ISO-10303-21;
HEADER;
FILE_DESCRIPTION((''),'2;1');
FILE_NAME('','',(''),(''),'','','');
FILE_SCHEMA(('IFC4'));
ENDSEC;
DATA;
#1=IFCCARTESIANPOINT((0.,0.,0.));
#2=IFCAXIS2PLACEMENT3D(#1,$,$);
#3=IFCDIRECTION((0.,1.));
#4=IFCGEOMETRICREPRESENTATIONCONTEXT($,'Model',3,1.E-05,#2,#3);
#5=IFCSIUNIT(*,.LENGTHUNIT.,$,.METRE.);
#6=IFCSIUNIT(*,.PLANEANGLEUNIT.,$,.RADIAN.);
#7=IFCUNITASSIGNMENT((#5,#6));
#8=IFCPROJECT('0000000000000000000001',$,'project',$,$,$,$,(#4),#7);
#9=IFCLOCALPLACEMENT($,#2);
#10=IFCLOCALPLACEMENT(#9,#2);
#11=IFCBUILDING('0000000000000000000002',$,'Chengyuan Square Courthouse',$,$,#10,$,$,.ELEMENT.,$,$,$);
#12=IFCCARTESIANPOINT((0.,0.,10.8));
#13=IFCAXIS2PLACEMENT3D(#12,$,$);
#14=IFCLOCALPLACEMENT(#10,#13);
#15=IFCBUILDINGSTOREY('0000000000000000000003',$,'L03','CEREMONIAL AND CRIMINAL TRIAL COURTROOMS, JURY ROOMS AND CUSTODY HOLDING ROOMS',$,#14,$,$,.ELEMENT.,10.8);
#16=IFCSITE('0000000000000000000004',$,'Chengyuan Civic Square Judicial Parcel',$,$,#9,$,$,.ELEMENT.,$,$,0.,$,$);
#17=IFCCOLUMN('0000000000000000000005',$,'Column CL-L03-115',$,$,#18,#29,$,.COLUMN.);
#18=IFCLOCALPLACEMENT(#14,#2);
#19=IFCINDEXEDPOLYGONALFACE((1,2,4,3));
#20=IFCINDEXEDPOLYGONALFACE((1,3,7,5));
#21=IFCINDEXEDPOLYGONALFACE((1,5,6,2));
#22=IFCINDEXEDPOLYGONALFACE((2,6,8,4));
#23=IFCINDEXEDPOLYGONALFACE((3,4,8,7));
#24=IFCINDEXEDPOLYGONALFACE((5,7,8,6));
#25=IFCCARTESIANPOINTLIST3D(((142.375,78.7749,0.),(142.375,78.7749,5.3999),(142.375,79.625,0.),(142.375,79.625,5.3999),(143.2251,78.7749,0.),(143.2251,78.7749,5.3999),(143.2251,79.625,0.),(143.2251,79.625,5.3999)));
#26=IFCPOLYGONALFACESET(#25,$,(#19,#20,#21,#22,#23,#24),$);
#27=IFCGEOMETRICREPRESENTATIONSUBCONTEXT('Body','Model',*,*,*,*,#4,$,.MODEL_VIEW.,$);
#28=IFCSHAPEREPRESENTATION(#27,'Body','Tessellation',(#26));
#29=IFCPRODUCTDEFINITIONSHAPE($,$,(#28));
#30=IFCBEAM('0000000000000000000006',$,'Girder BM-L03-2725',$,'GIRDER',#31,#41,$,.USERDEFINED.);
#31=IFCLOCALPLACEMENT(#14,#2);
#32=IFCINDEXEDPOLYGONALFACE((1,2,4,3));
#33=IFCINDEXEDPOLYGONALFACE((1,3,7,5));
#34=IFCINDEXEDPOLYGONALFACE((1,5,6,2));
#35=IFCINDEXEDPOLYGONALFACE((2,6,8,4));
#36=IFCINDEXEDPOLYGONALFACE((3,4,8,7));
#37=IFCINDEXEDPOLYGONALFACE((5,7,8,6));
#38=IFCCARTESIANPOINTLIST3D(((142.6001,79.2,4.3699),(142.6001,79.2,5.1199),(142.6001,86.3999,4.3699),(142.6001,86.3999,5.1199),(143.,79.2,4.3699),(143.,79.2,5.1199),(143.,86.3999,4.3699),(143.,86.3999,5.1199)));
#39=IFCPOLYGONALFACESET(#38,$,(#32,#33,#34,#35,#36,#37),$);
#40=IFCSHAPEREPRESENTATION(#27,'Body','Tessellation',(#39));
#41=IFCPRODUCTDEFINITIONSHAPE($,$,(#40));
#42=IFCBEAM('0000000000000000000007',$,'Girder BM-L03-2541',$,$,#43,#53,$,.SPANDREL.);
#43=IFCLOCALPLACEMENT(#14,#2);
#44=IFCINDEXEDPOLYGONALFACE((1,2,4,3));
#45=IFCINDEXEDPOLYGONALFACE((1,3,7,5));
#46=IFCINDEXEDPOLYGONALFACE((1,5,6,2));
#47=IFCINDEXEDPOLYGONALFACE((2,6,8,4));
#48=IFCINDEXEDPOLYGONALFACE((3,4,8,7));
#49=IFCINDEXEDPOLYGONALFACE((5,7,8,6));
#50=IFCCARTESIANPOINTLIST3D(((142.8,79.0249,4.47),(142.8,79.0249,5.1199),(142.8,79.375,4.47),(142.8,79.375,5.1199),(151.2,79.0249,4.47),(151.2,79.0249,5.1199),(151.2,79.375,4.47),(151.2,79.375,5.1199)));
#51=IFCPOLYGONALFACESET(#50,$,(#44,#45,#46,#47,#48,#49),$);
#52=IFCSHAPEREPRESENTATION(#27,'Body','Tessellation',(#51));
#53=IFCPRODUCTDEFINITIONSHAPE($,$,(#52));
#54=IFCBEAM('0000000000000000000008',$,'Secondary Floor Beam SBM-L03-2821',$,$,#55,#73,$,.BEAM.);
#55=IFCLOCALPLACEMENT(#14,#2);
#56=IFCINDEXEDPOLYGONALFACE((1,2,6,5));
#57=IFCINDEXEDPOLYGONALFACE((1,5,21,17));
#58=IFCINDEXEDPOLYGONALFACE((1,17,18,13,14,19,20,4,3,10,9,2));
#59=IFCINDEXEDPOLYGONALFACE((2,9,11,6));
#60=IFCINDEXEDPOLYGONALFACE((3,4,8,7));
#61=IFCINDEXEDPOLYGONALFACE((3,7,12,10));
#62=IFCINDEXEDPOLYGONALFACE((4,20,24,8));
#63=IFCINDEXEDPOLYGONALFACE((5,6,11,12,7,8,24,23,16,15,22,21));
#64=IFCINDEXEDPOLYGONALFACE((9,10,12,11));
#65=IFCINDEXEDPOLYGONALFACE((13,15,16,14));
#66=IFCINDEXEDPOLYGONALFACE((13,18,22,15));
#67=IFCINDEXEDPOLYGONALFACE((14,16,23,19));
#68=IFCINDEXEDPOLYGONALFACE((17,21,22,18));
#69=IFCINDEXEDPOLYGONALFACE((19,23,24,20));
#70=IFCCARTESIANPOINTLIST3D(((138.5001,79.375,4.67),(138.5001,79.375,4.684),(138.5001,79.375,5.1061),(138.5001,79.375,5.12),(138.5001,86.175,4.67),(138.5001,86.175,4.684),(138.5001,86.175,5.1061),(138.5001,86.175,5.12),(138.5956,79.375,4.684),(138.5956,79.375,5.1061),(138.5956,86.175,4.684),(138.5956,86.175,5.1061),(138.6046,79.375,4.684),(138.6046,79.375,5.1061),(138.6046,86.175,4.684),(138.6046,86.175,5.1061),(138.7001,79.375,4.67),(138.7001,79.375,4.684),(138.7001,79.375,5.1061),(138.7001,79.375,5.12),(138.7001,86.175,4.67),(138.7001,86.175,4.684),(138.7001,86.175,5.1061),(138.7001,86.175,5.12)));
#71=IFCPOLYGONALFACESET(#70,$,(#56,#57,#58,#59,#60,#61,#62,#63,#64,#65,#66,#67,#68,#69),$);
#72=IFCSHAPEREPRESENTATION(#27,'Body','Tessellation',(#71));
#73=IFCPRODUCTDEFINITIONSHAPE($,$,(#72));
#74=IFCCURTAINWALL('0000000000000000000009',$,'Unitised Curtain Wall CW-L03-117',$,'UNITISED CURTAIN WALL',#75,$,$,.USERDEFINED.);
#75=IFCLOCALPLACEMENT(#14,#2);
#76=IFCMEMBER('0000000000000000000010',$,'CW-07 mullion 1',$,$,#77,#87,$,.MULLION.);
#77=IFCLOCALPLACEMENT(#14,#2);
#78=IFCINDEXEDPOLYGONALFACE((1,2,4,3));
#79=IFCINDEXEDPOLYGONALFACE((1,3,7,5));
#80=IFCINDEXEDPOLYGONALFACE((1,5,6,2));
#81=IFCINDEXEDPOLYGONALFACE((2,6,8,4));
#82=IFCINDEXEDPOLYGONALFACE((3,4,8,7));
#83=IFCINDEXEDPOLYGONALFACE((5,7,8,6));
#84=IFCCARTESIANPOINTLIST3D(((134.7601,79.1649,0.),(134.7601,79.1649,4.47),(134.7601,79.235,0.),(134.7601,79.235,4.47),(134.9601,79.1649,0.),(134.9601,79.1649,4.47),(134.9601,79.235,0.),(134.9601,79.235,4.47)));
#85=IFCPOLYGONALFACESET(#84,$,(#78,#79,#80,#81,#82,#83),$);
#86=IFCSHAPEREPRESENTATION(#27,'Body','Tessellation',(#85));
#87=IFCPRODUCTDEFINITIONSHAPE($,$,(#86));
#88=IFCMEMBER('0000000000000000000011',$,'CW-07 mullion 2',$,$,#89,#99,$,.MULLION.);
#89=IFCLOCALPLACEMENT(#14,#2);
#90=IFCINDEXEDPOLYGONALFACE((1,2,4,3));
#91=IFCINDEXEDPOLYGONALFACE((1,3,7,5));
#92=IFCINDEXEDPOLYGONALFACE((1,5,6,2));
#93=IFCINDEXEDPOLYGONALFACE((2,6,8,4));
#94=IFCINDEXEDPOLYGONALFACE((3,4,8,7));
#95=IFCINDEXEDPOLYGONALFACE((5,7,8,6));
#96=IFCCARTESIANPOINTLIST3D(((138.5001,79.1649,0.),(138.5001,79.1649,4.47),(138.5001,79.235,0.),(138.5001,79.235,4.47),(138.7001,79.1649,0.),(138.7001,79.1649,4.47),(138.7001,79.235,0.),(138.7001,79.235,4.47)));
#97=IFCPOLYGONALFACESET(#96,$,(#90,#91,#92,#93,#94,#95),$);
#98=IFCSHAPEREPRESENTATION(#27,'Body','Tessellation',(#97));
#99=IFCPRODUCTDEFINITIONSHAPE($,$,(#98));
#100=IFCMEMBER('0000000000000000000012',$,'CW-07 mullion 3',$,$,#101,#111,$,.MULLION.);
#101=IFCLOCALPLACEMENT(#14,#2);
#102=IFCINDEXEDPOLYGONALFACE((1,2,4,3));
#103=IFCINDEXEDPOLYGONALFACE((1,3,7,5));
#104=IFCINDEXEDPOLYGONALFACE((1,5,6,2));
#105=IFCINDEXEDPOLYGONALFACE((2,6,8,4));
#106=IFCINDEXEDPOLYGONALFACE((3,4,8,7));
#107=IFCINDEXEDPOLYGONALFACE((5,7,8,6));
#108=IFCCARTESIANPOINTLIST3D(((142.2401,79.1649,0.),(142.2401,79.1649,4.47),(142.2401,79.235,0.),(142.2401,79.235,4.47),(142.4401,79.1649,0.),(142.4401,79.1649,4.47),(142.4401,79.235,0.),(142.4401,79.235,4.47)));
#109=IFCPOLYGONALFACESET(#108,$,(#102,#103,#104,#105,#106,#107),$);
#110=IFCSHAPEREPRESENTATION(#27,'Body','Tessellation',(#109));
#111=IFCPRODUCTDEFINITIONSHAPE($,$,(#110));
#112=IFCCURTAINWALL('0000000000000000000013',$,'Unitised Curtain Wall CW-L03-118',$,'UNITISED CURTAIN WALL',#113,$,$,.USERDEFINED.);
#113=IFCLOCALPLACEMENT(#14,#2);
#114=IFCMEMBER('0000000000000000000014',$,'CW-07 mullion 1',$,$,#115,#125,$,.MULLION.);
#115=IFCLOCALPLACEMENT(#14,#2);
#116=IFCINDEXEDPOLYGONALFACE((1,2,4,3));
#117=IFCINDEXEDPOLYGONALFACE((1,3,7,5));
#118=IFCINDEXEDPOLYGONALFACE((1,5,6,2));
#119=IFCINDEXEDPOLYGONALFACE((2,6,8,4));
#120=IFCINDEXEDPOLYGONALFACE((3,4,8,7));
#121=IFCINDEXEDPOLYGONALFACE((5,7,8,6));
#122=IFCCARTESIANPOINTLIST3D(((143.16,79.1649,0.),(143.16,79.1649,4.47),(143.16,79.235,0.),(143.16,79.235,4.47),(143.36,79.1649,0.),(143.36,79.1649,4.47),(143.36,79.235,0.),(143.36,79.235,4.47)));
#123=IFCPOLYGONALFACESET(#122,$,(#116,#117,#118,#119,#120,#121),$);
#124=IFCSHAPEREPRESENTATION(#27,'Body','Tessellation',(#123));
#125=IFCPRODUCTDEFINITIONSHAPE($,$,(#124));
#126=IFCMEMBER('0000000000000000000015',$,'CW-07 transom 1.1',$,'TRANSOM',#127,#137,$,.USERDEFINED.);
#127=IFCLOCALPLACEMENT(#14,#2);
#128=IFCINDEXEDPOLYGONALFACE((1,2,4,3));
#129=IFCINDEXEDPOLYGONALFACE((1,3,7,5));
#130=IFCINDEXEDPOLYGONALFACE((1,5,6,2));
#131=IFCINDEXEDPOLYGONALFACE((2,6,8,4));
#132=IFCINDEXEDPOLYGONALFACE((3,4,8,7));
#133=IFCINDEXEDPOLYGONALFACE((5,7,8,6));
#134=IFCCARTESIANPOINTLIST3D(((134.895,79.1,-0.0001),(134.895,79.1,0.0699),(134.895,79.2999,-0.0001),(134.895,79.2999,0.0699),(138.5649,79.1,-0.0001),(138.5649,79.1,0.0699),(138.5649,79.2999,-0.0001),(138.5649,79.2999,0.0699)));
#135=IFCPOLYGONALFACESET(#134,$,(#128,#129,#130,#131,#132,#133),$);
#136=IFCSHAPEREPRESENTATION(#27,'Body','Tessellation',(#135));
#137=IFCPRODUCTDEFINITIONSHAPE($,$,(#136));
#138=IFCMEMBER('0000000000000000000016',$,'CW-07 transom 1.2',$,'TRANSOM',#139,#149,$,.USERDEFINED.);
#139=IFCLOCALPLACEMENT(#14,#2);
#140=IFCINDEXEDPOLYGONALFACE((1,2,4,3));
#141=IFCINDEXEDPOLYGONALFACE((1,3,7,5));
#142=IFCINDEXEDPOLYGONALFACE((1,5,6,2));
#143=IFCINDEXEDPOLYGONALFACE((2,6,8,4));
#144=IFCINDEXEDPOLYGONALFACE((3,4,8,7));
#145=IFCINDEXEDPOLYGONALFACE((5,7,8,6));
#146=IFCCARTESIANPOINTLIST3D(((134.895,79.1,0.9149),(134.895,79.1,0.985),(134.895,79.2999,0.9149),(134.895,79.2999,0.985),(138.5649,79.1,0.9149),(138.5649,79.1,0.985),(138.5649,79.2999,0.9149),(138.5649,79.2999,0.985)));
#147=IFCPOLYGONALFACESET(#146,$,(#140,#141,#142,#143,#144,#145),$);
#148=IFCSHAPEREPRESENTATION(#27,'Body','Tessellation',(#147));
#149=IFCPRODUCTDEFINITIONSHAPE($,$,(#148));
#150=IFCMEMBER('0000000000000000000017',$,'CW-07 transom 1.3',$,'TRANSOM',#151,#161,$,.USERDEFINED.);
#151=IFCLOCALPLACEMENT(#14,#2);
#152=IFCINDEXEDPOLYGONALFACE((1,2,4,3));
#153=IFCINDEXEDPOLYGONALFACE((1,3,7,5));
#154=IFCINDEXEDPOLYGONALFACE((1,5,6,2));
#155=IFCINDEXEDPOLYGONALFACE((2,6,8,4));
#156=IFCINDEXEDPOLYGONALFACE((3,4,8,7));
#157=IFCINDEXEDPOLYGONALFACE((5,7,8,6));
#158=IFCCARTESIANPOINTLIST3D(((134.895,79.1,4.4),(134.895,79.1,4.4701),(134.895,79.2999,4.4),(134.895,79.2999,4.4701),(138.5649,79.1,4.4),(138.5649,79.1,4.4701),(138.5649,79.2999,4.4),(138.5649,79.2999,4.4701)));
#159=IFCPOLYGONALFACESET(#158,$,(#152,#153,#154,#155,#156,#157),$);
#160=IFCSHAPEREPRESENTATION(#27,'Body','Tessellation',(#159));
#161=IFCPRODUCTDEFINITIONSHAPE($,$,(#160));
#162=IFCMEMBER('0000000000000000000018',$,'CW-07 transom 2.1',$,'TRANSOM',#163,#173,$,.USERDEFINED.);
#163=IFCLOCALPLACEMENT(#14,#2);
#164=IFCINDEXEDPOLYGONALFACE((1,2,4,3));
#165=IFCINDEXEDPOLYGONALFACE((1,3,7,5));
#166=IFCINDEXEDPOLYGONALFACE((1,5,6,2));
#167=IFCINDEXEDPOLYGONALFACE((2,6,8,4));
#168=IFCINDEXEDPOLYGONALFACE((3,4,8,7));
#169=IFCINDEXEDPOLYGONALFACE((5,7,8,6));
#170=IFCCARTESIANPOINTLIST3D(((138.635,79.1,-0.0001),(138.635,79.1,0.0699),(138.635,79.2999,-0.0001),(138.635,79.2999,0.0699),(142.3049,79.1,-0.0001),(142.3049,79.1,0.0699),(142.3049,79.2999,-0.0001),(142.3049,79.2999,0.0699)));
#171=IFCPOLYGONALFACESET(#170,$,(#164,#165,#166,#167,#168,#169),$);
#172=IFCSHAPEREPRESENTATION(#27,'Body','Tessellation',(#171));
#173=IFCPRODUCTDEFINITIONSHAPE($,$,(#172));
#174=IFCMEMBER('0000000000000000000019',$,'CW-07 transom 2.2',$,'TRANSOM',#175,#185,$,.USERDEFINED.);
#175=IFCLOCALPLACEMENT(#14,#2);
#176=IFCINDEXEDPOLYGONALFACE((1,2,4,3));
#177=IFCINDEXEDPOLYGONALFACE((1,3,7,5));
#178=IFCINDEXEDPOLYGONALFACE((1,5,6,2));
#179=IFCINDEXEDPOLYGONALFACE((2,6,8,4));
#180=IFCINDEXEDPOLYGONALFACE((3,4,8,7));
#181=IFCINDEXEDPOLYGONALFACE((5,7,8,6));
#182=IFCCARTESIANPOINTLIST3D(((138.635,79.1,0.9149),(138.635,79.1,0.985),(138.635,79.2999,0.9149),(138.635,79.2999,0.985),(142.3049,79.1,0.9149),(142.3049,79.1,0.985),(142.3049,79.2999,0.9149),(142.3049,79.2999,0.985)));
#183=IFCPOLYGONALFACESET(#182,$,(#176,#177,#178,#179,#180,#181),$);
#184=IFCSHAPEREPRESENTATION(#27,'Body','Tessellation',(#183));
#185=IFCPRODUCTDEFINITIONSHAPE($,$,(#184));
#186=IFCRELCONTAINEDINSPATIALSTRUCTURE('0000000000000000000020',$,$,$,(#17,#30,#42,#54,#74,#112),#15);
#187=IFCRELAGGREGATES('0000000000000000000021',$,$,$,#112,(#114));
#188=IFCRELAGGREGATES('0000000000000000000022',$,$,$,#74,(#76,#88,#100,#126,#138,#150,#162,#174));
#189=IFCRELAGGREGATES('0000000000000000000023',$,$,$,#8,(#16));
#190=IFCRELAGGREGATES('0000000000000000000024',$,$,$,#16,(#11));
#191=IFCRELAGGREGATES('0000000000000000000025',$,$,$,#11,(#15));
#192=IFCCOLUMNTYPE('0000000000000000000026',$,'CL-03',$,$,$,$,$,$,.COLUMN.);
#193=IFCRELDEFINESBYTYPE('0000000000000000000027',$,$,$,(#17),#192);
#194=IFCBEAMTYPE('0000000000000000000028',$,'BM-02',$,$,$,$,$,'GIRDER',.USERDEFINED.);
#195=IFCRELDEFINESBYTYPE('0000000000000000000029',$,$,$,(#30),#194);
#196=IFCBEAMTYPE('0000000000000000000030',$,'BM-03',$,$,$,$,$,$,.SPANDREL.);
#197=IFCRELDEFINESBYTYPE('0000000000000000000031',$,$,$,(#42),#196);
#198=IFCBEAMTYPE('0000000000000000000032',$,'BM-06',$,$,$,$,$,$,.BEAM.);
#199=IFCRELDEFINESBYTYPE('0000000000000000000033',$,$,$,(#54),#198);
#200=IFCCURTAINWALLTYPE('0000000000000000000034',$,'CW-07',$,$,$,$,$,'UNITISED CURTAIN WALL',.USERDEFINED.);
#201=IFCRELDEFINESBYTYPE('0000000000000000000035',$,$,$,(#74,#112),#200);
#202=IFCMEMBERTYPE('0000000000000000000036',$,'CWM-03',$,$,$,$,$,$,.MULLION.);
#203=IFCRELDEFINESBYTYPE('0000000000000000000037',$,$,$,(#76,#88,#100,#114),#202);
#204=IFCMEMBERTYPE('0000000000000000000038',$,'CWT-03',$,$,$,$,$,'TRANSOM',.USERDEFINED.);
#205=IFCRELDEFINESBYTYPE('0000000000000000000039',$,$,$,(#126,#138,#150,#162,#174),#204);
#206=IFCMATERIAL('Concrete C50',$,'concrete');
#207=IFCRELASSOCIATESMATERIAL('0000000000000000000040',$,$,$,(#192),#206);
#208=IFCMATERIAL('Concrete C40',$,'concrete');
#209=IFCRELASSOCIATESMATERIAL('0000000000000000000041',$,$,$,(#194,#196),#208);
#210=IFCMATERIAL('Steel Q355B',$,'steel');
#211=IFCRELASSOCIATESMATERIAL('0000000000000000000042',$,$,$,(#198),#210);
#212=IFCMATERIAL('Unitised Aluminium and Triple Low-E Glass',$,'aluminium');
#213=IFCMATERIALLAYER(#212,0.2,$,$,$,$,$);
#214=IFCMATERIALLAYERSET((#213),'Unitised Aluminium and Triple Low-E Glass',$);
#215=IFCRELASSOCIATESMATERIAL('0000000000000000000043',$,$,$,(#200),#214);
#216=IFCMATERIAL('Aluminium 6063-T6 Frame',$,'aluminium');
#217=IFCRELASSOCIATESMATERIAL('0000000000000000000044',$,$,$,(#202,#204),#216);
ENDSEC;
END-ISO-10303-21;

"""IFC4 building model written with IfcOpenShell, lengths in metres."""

from ifc_helpers import new_model, si_unit, direction, frame, origin, origin_2d, place, context, subcontext, project, spatial, rectangle, i_section, extrude, material, layer, layer_set, material_profile, profile_set, type_object, element, aggregate, save


model = new_model("IFC4")

# Units and contexts
model_context = context("Model", 3, precision=1e-05, world=origin(), true_north=direction((0.0, 1.0)))
body_context = subcontext(model_context, "Body", "Model", "MODEL_VIEW")
ifc_project = project(units=[si_unit("LENGTHUNIT", "METRE"), si_unit("PLANEANGLEUNIT", "RADIAN")], contexts=[model_context])

# Site, building, storey
site_placement = place(None, origin())
site = spatial("IfcSite", under=ifc_project, at=site_placement, Name="Chengyuan Civic Square Judicial Parcel", CompositionType="ELEMENT", RefElevation=0.0)
building_placement = place(site_placement, origin())
building = spatial("IfcBuilding", under=site, at=building_placement, Name="Chengyuan Square Courthouse", CompositionType="ELEMENT")
storey_placement = place(building_placement, frame((0.0, 0.0, 10.8)))
storey = spatial("IfcBuildingStorey", under=building, at=storey_placement, Name="L03", Description="CEREMONIAL AND CRIMINAL TRIAL COURTROOMS, JURY ROOMS AND CUSTODY HOLDING ROOMS", CompositionType="ELEMENT", Elevation=10.8)

# Column
ifc_material_1 = material(Name="Concrete C50", Category="concrete")
ifc_material_profile_1 = material_profile(ifc_material_1, rectangle(XDim=0.8501, YDim=0.8501, at=origin_2d()), Name="RC-COL-850x850")
ifc_profile_set_1 = profile_set([ifc_material_profile_1], Name="Concrete C50")
column_type = type_object("IfcColumnType", Name="CL-03", PredefinedType="COLUMN", material=ifc_profile_set_1)
column_placement = place(storey_placement, frame((142.8, 79.2, 0.0), z_axis=(0.0, 0.0, 1.0), x_axis=(1.0, 0.0, 0.0)))
element("IfcColumn", 1, at=column_placement, inside=storey, type_object=column_type, Name="Column CL-L03-115", PredefinedType="COLUMN", context=body_context, shape_type="SweptSolid", body=[
    extrude(rectangle(XDim=0.8501, YDim=0.8501, at=origin_2d()), origin(), (0.0, 0.0, 1.0), 5.3999),
])

# Beams
ifc_material_2 = material(Name="Concrete C40", Category="concrete")
ifc_material_profile_2 = material_profile(ifc_material_2, rectangle(XDim=0.3999, YDim=0.75, at=origin_2d()), Name="RC-BM-400x750")
ifc_profile_set_2 = profile_set([ifc_material_profile_2], Name="Concrete C40")
beam_type_1 = type_object("IfcBeamType", Name="BM-02", ElementType="GIRDER", PredefinedType="USERDEFINED", material=ifc_profile_set_2)
beam_1_placement = place(storey_placement, frame((142.8, 79.2, 4.7449), z_axis=(0.0, 1.0, 0.0), x_axis=(-1.0, 0.0, 0.0)))
element("IfcBeam", 2, at=beam_1_placement, inside=storey, type_object=beam_type_1, Name="Girder BM-L03-2725", ObjectType="GIRDER", PredefinedType="USERDEFINED", context=body_context, shape_type="SweptSolid", body=[
    extrude(rectangle(XDim=0.3999, YDim=0.75, at=origin_2d()), origin(), (0.0, 0.0, 1.0), 7.2),
])
ifc_material_profile_3 = material_profile(ifc_material_2, rectangle(XDim=0.3501, YDim=0.6499, at=origin_2d()), Name="RC-BM-350x650")
ifc_profile_set_3 = profile_set([ifc_material_profile_3], Name="Concrete C40")
beam_type_2 = type_object("IfcBeamType", Name="BM-03", PredefinedType="SPANDREL", material=ifc_profile_set_3)
beam_2_placement = place(storey_placement, frame((142.8, 79.2, 4.7949), z_axis=(1.0, 0.0, 0.0), x_axis=(0.0, 1.0, 0.0)))
element("IfcBeam", 3, at=beam_2_placement, inside=storey, type_object=beam_type_2, Name="Girder BM-L03-2541", PredefinedType="SPANDREL", context=body_context, shape_type="SweptSolid", body=[
    extrude(rectangle(XDim=0.3501, YDim=0.6499, at=origin_2d()), origin(), (0.0, 0.0, 1.0), 8.3999),
])
ifc_material_3 = material(Name="Steel Q355B", Category="steel")
ifc_material_profile_4 = material_profile(ifc_material_3, i_section(OverallWidth=0.2, OverallDepth=0.45, WebThickness=0.009, FlangeThickness=0.0139, at=origin_2d()), Name="HN 450x200x9x14")
ifc_profile_set_4 = profile_set([ifc_material_profile_4], Name="Steel Q355B")
beam_type_3 = type_object("IfcBeamType", Name="BM-06", PredefinedType="BEAM", material=ifc_profile_set_4)
beam_3_placement = place(storey_placement, frame((138.6001, 79.375, 4.895), z_axis=(0.0, 1.0, 0.0), x_axis=(-1.0, 0.0, 0.0)))
element("IfcBeam", 4, at=beam_3_placement, inside=storey, type_object=beam_type_3, Name="Secondary Floor Beam SBM-L03-2821", PredefinedType="BEAM", context=body_context, shape_type="SweptSolid", body=[
    extrude(i_section(OverallWidth=0.2, OverallDepth=0.45, WebThickness=0.009, FlangeThickness=0.0139, at=origin_2d()), origin(), (0.0, 0.0, 1.0), 6.8),
])

# Curtain wall, members
ifc_material_4 = material(Name="Unitised Aluminium and Triple Low-E Glass", Category="aluminium")
ifc_layer_1 = layer(ifc_material_4, 0.2)
ifc_layer_set_1 = layer_set([ifc_layer_1], Name="Unitised Aluminium and Triple Low-E Glass")
curtain_wall_type = type_object("IfcCurtainWallType", Name="CW-07", ElementType="UNITISED CURTAIN WALL", PredefinedType="USERDEFINED", material=ifc_layer_set_1)
curtain_wall_1_placement = place(storey_placement, origin())
curtain_wall_1 = element("IfcCurtainWall", 5, at=curtain_wall_1_placement, inside=storey, type_object=curtain_wall_type, Name="Unitised Curtain Wall CW-L03-117", ObjectType="UNITISED CURTAIN WALL", PredefinedType="USERDEFINED")
ifc_material_5 = material(Name="Aluminium 6063-T6 Frame", Category="aluminium")
ifc_material_profile_5 = material_profile(ifc_material_5, rectangle(XDim=0.0701, YDim=0.2, at=origin_2d()), Name="CW-MUL-70x200")
ifc_profile_set_5 = profile_set([ifc_material_profile_5], Name="Aluminium 6063-T6 Frame")
member_type_1 = type_object("IfcMemberType", Name="CWM-03", PredefinedType="MULLION", material=ifc_profile_set_5)
member_1_placement = place(storey_placement, frame((134.8601, 79.2, 0.0), z_axis=(0.0, 0.0, 1.0), x_axis=(0.0, 1.0, 0.0)))
member_1 = element("IfcMember", 6, at=member_1_placement, type_object=member_type_1, Name="CW-07 mullion 1", PredefinedType="MULLION", context=body_context, shape_type="SweptSolid", body=[
    extrude(rectangle(XDim=0.0701, YDim=0.2, at=origin_2d()), origin(), (0.0, 0.0, 1.0), 4.47),
])
member_2_placement = place(storey_placement, frame((138.6001, 79.2, 0.0), z_axis=(0.0, 0.0, 1.0), x_axis=(0.0, 1.0, 0.0)))
member_2 = element("IfcMember", 7, at=member_2_placement, type_object=member_type_1, Name="CW-07 mullion 2", PredefinedType="MULLION", context=body_context, shape_type="SweptSolid", body=[
    extrude(rectangle(XDim=0.0701, YDim=0.2, at=origin_2d()), origin(), (0.0, 0.0, 1.0), 4.47),
])
member_3_placement = place(storey_placement, frame((142.3401, 79.2, 0.0), z_axis=(0.0, 0.0, 1.0), x_axis=(0.0, 1.0, 0.0)))
member_3 = element("IfcMember", 8, at=member_3_placement, type_object=member_type_1, Name="CW-07 mullion 3", PredefinedType="MULLION", context=body_context, shape_type="SweptSolid", body=[
    extrude(rectangle(XDim=0.0701, YDim=0.2, at=origin_2d()), origin(), (0.0, 0.0, 1.0), 4.47),
])

# Curtain wall, member
curtain_wall_2_placement = place(storey_placement, origin())
curtain_wall_2 = element("IfcCurtainWall", 9, at=curtain_wall_2_placement, inside=storey, type_object=curtain_wall_type, Name="Unitised Curtain Wall CW-L03-118", ObjectType="UNITISED CURTAIN WALL", PredefinedType="USERDEFINED")
member_4_placement = place(storey_placement, frame((143.26, 79.2, 0.0), z_axis=(0.0, 0.0, 1.0), x_axis=(0.0, 1.0, 0.0)))
member_4 = element("IfcMember", 10, at=member_4_placement, type_object=member_type_1, Name="CW-07 mullion 1", PredefinedType="MULLION", context=body_context, shape_type="SweptSolid", body=[
    extrude(rectangle(XDim=0.0701, YDim=0.2, at=origin_2d()), origin(), (0.0, 0.0, 1.0), 4.47),
])

# Members
ifc_material_profile_6 = material_profile(ifc_material_5, rectangle(XDim=0.2, YDim=0.0701, at=origin_2d()), Name="CW-TRN-70x160")
ifc_profile_set_6 = profile_set([ifc_material_profile_6], Name="Aluminium 6063-T6 Frame")
member_type_2 = type_object("IfcMemberType", Name="CWT-03", ElementType="TRANSOM", PredefinedType="USERDEFINED", material=ifc_profile_set_6)
member_5_placement = place(storey_placement, frame((134.895, 79.2, 0.0349), z_axis=(1.0, 0.0, 0.0), x_axis=(0.0, 1.0, 0.0)))
member_5 = element("IfcMember", 11, at=member_5_placement, type_object=member_type_2, Name="CW-07 transom 1.1", ObjectType="TRANSOM", PredefinedType="USERDEFINED", context=body_context, shape_type="SweptSolid", body=[
    extrude(rectangle(XDim=0.2, YDim=0.0701, at=origin_2d()), origin(), (0.0, 0.0, 1.0), 3.6699),
])
member_6_placement = place(storey_placement, frame((134.895, 79.2, 0.95), z_axis=(1.0, 0.0, 0.0), x_axis=(0.0, 1.0, 0.0)))
member_6 = element("IfcMember", 12, at=member_6_placement, type_object=member_type_2, Name="CW-07 transom 1.2", ObjectType="TRANSOM", PredefinedType="USERDEFINED", context=body_context, shape_type="SweptSolid", body=[
    extrude(rectangle(XDim=0.2, YDim=0.0701, at=origin_2d()), origin(), (0.0, 0.0, 1.0), 3.6699),
])
member_7_placement = place(storey_placement, frame((134.895, 79.2, 4.4351), z_axis=(1.0, 0.0, 0.0), x_axis=(0.0, 1.0, 0.0)))
member_7 = element("IfcMember", 13, at=member_7_placement, type_object=member_type_2, Name="CW-07 transom 1.3", ObjectType="TRANSOM", PredefinedType="USERDEFINED", context=body_context, shape_type="SweptSolid", body=[
    extrude(rectangle(XDim=0.2, YDim=0.0701, at=origin_2d()), origin(), (0.0, 0.0, 1.0), 3.6699),
])
member_8_placement = place(storey_placement, frame((138.635, 79.2, 0.0349), z_axis=(1.0, 0.0, 0.0), x_axis=(0.0, 1.0, 0.0)))
member_8 = element("IfcMember", 14, at=member_8_placement, type_object=member_type_2, Name="CW-07 transom 2.1", ObjectType="TRANSOM", PredefinedType="USERDEFINED", context=body_context, shape_type="SweptSolid", body=[
    extrude(rectangle(XDim=0.2, YDim=0.0701, at=origin_2d()), origin(), (0.0, 0.0, 1.0), 3.6699),
])
member_9_placement = place(storey_placement, frame((138.635, 79.2, 0.95), z_axis=(1.0, 0.0, 0.0), x_axis=(0.0, 1.0, 0.0)))
member_9 = element("IfcMember", 15, at=member_9_placement, type_object=member_type_2, Name="CW-07 transom 2.2", ObjectType="TRANSOM", PredefinedType="USERDEFINED", context=body_context, shape_type="SweptSolid", body=[
    extrude(rectangle(XDim=0.2, YDim=0.0701, at=origin_2d()), origin(), (0.0, 0.0, 1.0), 3.6699),
])
aggregate(curtain_wall_2, [member_4])

aggregate(curtain_wall_1, [member_1, member_2, member_3, member_5, member_6, member_7, member_8, member_9])

save(model, "model.ifc")
